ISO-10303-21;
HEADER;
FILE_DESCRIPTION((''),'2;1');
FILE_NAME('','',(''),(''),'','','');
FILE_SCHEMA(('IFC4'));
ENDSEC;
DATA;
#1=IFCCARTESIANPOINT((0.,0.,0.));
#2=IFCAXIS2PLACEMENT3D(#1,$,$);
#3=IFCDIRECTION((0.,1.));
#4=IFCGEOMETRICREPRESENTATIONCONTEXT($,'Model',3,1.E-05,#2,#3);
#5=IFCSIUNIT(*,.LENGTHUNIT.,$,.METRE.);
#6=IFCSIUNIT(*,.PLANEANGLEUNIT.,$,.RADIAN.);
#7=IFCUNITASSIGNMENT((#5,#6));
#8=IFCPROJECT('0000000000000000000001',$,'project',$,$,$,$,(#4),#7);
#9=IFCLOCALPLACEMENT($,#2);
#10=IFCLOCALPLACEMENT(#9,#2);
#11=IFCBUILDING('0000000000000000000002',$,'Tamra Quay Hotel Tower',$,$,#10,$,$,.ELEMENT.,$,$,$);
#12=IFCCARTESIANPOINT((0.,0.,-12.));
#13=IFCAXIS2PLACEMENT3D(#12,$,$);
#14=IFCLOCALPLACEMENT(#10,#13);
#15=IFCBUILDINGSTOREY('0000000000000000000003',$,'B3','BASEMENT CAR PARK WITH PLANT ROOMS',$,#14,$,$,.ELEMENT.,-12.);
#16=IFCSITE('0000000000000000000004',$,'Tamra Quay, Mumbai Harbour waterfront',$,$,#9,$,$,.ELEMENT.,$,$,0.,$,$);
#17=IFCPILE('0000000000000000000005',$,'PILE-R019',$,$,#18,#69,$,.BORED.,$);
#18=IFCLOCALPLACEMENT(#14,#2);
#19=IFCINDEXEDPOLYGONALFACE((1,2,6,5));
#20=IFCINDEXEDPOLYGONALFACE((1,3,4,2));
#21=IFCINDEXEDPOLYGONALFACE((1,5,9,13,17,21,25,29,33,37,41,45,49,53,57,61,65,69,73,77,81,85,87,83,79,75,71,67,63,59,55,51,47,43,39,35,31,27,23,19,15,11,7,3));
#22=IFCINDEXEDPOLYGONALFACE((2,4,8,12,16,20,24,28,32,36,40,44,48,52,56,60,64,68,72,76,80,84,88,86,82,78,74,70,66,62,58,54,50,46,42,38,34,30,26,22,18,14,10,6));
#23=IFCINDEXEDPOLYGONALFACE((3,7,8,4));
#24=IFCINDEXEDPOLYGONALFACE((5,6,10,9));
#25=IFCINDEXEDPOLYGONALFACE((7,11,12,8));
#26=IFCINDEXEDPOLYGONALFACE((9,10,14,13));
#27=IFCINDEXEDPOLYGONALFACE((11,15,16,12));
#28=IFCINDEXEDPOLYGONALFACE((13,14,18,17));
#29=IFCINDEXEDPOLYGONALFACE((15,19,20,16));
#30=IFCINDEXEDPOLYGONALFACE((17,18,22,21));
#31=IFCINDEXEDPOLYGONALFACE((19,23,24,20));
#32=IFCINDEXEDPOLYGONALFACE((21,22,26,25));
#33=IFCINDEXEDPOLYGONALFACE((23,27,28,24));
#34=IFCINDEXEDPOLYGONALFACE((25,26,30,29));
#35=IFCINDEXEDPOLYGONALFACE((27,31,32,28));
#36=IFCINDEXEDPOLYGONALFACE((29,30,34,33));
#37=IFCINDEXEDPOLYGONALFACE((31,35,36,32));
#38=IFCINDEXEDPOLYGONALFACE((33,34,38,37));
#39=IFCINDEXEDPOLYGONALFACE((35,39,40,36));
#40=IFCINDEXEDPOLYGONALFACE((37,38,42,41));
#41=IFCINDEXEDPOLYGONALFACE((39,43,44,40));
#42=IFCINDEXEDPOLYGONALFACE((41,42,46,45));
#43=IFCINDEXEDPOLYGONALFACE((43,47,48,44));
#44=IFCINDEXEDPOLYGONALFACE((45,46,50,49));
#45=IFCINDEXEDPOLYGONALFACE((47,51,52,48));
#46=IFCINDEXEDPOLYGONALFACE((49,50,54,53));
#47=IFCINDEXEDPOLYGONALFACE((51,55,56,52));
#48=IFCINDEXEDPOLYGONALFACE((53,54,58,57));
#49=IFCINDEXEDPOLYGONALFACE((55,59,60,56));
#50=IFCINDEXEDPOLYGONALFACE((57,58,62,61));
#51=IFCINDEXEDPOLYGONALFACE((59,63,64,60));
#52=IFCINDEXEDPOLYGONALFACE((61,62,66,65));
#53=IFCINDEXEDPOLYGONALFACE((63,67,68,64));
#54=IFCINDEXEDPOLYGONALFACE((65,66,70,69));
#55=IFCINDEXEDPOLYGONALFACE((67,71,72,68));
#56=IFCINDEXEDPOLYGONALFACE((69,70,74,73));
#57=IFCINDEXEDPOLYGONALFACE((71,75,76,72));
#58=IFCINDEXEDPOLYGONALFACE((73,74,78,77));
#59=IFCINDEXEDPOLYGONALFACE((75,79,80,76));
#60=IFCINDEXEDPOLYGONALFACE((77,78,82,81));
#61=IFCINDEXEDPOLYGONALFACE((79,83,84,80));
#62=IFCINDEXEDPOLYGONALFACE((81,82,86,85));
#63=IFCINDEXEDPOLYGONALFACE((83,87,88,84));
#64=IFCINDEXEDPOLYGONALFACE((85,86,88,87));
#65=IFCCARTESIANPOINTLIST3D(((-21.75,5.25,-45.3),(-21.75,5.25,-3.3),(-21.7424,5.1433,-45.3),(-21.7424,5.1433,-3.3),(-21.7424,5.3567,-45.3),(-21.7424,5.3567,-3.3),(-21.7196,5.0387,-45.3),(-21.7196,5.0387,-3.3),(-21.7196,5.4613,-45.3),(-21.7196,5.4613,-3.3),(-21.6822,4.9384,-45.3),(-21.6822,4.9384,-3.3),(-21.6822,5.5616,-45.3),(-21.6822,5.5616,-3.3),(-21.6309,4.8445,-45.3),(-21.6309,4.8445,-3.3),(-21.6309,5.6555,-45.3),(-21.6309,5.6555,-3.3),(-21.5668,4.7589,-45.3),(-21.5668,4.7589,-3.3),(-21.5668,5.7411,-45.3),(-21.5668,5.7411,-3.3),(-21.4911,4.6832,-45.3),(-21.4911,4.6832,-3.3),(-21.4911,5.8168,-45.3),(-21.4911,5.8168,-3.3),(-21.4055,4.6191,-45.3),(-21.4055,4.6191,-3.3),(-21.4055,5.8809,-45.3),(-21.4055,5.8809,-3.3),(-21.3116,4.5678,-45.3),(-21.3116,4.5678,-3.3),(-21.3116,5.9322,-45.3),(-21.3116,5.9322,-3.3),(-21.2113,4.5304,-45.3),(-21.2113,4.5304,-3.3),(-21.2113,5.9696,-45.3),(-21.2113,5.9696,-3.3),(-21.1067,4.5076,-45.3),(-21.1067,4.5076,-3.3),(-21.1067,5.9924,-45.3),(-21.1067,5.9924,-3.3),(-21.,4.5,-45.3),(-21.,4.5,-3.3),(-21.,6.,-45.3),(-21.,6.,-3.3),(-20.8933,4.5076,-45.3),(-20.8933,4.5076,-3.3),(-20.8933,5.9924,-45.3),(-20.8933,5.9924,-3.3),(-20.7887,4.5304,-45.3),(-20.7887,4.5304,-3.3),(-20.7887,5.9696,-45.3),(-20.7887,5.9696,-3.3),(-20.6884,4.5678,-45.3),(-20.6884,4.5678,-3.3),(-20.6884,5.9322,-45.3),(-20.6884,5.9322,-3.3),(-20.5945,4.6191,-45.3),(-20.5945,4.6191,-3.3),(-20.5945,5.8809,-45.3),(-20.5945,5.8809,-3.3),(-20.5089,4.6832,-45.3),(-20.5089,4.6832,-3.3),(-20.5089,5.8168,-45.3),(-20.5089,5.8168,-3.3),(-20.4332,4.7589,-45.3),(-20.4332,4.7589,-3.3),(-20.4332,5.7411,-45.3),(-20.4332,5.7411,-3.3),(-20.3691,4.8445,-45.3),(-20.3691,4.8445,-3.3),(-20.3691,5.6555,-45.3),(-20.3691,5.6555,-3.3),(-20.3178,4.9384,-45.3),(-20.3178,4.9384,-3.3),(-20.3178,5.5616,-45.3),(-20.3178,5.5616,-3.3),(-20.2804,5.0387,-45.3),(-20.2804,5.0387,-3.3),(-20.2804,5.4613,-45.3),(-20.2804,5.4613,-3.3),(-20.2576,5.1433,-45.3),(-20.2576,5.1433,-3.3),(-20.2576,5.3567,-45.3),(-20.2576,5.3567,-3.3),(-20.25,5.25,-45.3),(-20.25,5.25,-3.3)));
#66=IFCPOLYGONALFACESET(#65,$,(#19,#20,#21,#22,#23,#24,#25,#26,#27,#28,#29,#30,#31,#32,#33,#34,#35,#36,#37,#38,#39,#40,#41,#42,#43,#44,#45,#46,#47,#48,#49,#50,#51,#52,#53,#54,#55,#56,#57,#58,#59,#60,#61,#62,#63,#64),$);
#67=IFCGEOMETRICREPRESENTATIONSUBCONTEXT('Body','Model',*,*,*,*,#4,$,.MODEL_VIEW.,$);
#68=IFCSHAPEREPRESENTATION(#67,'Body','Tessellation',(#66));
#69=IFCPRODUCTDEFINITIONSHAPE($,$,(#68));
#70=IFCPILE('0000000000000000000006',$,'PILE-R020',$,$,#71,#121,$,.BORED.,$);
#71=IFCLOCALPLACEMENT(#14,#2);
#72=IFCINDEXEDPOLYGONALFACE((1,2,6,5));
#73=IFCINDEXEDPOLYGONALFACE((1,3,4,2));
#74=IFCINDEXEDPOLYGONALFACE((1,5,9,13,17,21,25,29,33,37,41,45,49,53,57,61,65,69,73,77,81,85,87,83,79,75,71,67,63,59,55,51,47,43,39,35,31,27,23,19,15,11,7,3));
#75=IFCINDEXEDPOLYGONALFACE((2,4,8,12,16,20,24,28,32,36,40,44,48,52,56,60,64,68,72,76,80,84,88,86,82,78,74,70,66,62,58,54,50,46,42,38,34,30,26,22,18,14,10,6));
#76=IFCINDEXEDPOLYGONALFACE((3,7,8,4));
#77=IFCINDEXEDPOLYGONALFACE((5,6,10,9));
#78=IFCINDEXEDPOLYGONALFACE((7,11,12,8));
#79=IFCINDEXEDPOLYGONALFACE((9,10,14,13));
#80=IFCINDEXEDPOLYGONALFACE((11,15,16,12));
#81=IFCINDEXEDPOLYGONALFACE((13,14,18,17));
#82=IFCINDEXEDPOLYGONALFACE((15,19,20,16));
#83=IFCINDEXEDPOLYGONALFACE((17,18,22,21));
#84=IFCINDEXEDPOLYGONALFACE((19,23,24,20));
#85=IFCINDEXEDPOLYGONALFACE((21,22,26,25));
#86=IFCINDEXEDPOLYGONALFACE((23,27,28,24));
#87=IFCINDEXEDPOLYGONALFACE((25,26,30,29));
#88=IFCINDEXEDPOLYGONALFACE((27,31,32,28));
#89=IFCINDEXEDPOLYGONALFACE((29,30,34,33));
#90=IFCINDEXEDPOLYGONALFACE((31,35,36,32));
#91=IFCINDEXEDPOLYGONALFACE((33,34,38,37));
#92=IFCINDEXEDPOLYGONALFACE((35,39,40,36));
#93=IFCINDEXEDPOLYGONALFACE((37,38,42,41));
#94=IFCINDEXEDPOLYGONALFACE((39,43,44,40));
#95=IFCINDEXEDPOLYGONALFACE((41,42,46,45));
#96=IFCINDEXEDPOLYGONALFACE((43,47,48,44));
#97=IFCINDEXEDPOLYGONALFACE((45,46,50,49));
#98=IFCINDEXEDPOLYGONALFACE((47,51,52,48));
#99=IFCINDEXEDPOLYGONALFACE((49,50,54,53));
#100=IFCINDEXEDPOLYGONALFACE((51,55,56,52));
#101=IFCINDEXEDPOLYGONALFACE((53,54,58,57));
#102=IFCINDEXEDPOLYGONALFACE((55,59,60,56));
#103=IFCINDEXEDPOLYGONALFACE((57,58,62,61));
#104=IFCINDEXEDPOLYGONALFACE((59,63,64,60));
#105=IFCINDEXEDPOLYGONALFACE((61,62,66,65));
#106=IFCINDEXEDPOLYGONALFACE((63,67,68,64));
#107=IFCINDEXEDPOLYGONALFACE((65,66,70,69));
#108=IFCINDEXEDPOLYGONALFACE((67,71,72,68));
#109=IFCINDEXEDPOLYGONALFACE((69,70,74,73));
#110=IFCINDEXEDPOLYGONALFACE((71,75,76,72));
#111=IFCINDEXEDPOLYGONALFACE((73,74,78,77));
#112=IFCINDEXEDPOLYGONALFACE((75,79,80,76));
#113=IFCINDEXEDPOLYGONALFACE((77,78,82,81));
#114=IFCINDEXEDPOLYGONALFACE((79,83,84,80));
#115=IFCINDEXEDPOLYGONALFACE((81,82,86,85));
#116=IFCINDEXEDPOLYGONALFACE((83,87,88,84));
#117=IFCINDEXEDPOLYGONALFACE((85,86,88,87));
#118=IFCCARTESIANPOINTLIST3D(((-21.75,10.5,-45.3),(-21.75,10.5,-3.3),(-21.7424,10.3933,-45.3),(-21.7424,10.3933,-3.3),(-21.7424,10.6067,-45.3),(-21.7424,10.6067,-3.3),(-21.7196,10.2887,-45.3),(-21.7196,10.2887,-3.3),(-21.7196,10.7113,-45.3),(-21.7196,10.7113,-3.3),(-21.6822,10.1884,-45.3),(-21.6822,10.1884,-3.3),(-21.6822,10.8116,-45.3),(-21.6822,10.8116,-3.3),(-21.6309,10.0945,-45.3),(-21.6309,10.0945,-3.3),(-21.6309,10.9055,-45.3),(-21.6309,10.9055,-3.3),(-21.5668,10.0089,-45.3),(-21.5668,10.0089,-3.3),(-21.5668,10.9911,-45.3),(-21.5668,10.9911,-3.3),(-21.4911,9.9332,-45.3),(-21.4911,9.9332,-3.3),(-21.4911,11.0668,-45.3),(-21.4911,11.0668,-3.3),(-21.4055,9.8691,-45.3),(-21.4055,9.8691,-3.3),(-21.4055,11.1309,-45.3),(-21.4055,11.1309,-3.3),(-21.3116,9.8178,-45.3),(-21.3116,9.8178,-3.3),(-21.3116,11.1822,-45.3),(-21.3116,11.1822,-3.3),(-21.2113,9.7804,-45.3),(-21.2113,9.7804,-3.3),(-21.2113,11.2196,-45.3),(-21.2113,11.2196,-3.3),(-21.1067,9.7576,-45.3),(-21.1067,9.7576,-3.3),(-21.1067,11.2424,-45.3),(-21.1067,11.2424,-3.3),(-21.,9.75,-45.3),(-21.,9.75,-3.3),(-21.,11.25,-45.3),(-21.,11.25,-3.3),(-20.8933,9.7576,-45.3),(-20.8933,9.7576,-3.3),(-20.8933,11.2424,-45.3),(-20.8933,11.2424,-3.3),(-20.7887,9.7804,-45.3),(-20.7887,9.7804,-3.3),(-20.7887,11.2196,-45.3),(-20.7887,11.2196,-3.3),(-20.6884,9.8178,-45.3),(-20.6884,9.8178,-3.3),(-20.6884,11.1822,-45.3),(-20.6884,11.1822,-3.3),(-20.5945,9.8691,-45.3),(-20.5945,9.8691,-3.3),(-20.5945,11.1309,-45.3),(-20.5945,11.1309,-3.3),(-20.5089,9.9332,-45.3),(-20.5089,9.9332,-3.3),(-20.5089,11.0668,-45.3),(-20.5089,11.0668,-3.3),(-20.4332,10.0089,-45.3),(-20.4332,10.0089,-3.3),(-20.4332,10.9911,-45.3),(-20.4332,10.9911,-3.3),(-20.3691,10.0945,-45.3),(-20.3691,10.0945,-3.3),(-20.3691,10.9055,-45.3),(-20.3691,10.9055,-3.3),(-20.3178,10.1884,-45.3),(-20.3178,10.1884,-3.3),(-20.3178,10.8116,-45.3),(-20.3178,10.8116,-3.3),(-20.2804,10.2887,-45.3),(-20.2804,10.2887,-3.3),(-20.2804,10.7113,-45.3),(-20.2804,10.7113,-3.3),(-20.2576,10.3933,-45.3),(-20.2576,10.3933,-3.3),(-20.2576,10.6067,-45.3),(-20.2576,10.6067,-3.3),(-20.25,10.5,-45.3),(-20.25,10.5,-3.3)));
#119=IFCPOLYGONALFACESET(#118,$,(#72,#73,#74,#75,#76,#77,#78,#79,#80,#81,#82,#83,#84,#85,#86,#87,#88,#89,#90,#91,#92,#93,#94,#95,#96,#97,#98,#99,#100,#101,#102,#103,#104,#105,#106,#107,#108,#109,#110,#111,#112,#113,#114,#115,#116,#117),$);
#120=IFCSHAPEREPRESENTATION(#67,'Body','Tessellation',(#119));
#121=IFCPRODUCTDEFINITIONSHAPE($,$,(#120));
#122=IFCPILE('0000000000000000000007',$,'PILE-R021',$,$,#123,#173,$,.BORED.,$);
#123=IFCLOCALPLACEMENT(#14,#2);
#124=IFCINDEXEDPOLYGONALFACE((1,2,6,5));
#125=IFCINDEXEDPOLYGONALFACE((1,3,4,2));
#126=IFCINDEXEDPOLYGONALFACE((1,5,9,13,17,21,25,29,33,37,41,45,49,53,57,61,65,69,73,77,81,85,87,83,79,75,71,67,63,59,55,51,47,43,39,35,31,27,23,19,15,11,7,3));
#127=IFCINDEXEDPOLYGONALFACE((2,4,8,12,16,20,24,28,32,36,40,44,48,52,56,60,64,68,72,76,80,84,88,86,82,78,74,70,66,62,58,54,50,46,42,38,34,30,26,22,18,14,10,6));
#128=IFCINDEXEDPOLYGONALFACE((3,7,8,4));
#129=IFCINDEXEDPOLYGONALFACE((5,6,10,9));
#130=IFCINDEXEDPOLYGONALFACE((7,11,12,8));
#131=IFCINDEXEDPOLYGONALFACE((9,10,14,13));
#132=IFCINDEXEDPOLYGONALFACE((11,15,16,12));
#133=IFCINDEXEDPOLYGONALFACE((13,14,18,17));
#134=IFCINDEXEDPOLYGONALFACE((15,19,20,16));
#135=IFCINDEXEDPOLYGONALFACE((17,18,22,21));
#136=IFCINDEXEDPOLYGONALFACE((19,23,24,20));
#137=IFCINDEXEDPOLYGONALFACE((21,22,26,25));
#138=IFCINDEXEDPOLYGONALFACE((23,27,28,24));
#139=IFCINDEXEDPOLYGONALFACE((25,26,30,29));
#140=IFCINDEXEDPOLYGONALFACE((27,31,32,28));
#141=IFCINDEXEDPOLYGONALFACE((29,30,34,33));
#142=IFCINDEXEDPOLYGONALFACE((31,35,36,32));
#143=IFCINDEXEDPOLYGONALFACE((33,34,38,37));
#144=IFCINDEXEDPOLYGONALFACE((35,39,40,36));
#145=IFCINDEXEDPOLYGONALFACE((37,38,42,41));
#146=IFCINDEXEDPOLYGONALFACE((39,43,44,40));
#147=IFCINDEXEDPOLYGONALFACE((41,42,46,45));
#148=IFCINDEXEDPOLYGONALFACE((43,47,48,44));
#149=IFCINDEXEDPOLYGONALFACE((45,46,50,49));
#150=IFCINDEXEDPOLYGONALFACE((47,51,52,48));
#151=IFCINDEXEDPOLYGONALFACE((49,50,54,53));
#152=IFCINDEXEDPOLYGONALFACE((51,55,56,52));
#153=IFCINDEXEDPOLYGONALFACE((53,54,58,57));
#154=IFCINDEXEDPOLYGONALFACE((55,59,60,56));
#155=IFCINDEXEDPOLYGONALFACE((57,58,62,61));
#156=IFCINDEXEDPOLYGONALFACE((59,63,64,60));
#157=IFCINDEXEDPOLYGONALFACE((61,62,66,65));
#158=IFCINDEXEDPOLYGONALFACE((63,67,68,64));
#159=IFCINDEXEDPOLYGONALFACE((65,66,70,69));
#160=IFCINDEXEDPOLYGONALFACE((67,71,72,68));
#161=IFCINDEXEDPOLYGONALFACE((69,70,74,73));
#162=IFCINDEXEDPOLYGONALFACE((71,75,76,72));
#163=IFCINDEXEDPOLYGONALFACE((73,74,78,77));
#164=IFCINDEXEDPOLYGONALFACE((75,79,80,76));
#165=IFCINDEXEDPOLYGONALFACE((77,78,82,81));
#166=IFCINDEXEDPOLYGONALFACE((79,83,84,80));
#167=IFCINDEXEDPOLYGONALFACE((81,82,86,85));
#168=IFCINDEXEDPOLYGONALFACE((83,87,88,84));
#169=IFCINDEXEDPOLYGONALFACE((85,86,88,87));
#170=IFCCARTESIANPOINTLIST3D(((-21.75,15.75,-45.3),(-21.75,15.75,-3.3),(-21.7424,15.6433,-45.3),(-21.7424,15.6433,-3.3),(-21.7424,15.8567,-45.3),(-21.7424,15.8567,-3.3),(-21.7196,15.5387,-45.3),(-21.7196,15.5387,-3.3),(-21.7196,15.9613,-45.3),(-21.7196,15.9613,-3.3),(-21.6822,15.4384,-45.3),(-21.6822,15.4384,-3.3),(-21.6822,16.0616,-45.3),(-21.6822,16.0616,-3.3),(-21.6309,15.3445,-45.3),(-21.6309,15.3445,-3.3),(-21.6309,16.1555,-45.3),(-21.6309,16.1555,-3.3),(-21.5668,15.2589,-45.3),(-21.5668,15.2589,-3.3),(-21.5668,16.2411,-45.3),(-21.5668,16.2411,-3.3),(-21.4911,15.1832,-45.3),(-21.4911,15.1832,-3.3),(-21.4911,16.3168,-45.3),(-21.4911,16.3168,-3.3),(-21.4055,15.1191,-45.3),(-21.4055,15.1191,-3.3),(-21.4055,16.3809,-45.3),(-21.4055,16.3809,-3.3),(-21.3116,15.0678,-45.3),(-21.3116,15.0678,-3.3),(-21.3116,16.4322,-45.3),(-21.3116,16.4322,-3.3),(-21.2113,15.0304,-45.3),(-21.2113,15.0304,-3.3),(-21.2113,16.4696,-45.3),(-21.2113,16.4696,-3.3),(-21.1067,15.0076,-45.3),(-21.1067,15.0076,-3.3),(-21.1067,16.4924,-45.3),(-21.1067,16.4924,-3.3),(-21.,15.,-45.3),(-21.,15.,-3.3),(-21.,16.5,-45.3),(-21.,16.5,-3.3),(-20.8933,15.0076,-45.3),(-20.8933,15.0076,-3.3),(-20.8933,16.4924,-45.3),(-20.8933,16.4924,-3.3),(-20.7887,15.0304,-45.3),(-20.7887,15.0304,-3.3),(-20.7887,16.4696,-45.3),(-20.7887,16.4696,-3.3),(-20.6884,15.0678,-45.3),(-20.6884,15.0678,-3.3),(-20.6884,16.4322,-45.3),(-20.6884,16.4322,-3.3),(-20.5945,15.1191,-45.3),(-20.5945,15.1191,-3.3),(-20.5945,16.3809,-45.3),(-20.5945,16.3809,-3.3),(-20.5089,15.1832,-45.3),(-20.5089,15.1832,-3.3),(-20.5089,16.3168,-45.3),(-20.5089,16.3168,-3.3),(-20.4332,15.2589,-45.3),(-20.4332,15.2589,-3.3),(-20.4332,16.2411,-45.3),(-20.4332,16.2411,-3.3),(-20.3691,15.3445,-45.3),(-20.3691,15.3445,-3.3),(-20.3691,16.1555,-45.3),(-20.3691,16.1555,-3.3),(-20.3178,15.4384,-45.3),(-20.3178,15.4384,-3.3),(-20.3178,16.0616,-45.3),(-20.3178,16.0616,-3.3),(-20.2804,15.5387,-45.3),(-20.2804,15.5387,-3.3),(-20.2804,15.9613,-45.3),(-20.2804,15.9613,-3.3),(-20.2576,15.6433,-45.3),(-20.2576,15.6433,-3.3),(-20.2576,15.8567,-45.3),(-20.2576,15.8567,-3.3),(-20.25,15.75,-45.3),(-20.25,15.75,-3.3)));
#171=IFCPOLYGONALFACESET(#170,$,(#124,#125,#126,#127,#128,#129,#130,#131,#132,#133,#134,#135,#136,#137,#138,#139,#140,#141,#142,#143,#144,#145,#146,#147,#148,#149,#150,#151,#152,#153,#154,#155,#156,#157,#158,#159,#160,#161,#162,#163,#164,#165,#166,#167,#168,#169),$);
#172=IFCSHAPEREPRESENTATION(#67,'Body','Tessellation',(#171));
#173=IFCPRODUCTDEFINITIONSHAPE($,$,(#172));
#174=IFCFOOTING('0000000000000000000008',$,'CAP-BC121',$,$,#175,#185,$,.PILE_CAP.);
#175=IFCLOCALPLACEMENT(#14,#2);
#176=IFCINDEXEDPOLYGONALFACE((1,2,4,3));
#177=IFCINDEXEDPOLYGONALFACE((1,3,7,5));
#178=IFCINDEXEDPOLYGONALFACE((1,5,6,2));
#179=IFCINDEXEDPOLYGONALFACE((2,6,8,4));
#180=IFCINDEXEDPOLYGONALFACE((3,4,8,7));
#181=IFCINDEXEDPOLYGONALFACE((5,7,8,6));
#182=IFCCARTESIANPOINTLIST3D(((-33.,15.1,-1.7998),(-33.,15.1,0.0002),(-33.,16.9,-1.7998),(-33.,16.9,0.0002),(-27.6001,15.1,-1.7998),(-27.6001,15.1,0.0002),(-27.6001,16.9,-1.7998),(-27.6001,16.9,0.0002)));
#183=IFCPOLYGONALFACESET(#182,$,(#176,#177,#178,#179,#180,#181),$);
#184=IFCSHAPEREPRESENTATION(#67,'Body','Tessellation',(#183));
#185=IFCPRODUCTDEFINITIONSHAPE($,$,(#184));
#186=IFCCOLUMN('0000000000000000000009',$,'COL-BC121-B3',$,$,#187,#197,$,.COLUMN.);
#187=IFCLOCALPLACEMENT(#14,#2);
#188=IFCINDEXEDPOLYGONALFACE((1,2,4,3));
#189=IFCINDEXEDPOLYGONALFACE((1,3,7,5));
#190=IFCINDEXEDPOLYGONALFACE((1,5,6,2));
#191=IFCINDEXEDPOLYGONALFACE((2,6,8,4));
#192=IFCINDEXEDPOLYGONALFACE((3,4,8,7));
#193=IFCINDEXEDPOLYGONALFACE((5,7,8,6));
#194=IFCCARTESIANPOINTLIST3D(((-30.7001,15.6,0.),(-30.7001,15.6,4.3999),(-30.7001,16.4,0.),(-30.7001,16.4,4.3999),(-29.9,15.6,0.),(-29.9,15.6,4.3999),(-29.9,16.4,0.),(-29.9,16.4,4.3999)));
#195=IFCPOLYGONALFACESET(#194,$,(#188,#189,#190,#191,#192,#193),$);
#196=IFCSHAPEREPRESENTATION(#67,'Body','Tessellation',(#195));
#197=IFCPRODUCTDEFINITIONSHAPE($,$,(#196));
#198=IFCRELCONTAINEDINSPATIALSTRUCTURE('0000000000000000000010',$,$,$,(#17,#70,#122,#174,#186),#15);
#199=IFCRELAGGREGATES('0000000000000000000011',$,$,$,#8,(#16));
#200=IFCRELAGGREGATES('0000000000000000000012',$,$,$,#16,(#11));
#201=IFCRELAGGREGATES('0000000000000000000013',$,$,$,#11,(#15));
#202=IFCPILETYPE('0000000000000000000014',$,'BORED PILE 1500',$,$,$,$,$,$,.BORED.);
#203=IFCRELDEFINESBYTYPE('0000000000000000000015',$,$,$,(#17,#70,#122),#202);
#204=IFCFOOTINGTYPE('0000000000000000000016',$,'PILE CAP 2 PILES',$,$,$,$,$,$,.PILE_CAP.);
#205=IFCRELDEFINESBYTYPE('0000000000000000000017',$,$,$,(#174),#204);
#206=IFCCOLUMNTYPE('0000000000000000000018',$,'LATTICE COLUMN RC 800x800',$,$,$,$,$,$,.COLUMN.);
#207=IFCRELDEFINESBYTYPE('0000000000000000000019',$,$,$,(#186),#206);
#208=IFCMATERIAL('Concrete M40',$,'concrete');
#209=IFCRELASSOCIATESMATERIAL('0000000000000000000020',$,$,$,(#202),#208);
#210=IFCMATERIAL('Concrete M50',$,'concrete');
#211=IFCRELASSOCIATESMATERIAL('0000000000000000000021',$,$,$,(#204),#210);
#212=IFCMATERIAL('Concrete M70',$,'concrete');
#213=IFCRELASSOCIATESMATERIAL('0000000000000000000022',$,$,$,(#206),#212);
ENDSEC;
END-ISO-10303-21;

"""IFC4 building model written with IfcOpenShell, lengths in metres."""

from ifc_helpers import new_model, si_unit, direction, frame, origin, origin_2d, place, context, subcontext, project, spatial, rectangle, circle, extrude, material, material_profile, profile_set, type_object, element, save


model = new_model("IFC4")

# Units and contexts
model_context = context("Model", 3, precision=1e-05, world=origin(), true_north=direction((0.0, 1.0)))
body_context = subcontext(model_context, "Body", "Model", "MODEL_VIEW")
ifc_project = project(units=[si_unit("LENGTHUNIT", "METRE"), si_unit("PLANEANGLEUNIT", "RADIAN")], contexts=[model_context])

# Site, building, storey
site_placement = place(None, origin())
site = spatial("IfcSite", under=ifc_project, at=site_placement, Name="Tamra Quay, Mumbai Harbour waterfront", CompositionType="ELEMENT", RefElevation=0.0)
building_placement = place(site_placement, origin())
building = spatial("IfcBuilding", under=site, at=building_placement, Name="Tamra Quay Hotel Tower", CompositionType="ELEMENT")
storey_placement = place(building_placement, frame((0.0, 0.0, -12.0)))
storey = spatial("IfcBuildingStorey", under=building, at=storey_placement, Name="B3", Description="BASEMENT CAR PARK WITH PLANT ROOMS", CompositionType="ELEMENT", Elevation=-12.0)

# Piles
ifc_material_1 = material(Name="Concrete M40", Category="concrete")
ifc_material_profile_1 = material_profile(ifc_material_1, circle(Radius=0.75, at=origin_2d()), Name="BORED PILE 1500")
ifc_profile_set_1 = profile_set([ifc_material_profile_1], Name="Concrete M40")
pile_type_1 = type_object("IfcPileType", Name="BORED PILE 1500", PredefinedType="BORED", material=ifc_profile_set_1)
for number, where, z_axis, x_axis, name in (
    (1, (-21.0, 5.25, -3.3), (0.0, 0.0, -1.0), (1.0, 0.0, 0.0), "PILE-R019"),
    (2, (-21.0, 10.5, -3.3), (0.0, 0.0, -1.0), (1.0, 0.0, 0.0), "PILE-R020"),
    (3, (-21.0, 15.75, -3.3), (0.0, 0.0, -1.0), (1.0, 0.0, 0.0), "PILE-R021"),
):
    element("IfcPile", number, at=place(storey_placement, frame(where, z_axis=z_axis, x_axis=x_axis)), inside=storey, type_object=pile_type_1, Name=name, PredefinedType="BORED", context=body_context, shape_type="SweptSolid", body=[
        extrude(circle(Radius=0.75, at=origin_2d()), origin(), (0.0, 0.0, 1.0), 42.0),
    ])

# Footing
ifc_material_2 = material(Name="Concrete M50", Category="concrete")
footing_type = type_object("IfcFootingType", Name="PILE CAP 2 PILES", PredefinedType="PILE_CAP", material=ifc_material_2)
footing_placement = place(storey_placement, frame((-30.3, 16.0, -1.7998), z_axis=(0.0, 0.0, 1.0), x_axis=(1.0, 0.0, 0.0)))
element("IfcFooting", 4, at=footing_placement, inside=storey, type_object=footing_type, Name="CAP-BC121", PredefinedType="PILE_CAP", context=body_context, shape_type="SweptSolid", body=[
    extrude(rectangle(XDim=5.3999, YDim=1.8, at=origin_2d()), origin(), (0.0, 0.0, 1.0), 1.8),
])

# Column
ifc_material_3 = material(Name="Concrete M70", Category="concrete")
ifc_material_profile_2 = material_profile(ifc_material_3, rectangle(XDim=0.8, YDim=0.8, at=origin_2d()), Name="LATTICE COLUMN RC 800x800")
ifc_profile_set_2 = profile_set([ifc_material_profile_2], Name="Concrete M70")
column_type_1 = type_object("IfcColumnType", Name="LATTICE COLUMN RC 800x800", PredefinedType="COLUMN", material=ifc_profile_set_2)
column_1_placement = place(storey_placement, frame((-30.3, 16.0, 0.0), z_axis=(0.0, 0.0, 1.0), x_axis=(1.0, 0.0, 0.0)))
element("IfcColumn", 5, at=column_1_placement, inside=storey, type_object=column_type_1, Name="COL-BC121-B3", PredefinedType="COLUMN", context=body_context, shape_type="SweptSolid", body=[
    extrude(rectangle(XDim=0.8, YDim=0.8, at=origin_2d()), origin(), (0.0, 0.0, 1.0), 4.3999),
])

save(model, "model.ifc")
